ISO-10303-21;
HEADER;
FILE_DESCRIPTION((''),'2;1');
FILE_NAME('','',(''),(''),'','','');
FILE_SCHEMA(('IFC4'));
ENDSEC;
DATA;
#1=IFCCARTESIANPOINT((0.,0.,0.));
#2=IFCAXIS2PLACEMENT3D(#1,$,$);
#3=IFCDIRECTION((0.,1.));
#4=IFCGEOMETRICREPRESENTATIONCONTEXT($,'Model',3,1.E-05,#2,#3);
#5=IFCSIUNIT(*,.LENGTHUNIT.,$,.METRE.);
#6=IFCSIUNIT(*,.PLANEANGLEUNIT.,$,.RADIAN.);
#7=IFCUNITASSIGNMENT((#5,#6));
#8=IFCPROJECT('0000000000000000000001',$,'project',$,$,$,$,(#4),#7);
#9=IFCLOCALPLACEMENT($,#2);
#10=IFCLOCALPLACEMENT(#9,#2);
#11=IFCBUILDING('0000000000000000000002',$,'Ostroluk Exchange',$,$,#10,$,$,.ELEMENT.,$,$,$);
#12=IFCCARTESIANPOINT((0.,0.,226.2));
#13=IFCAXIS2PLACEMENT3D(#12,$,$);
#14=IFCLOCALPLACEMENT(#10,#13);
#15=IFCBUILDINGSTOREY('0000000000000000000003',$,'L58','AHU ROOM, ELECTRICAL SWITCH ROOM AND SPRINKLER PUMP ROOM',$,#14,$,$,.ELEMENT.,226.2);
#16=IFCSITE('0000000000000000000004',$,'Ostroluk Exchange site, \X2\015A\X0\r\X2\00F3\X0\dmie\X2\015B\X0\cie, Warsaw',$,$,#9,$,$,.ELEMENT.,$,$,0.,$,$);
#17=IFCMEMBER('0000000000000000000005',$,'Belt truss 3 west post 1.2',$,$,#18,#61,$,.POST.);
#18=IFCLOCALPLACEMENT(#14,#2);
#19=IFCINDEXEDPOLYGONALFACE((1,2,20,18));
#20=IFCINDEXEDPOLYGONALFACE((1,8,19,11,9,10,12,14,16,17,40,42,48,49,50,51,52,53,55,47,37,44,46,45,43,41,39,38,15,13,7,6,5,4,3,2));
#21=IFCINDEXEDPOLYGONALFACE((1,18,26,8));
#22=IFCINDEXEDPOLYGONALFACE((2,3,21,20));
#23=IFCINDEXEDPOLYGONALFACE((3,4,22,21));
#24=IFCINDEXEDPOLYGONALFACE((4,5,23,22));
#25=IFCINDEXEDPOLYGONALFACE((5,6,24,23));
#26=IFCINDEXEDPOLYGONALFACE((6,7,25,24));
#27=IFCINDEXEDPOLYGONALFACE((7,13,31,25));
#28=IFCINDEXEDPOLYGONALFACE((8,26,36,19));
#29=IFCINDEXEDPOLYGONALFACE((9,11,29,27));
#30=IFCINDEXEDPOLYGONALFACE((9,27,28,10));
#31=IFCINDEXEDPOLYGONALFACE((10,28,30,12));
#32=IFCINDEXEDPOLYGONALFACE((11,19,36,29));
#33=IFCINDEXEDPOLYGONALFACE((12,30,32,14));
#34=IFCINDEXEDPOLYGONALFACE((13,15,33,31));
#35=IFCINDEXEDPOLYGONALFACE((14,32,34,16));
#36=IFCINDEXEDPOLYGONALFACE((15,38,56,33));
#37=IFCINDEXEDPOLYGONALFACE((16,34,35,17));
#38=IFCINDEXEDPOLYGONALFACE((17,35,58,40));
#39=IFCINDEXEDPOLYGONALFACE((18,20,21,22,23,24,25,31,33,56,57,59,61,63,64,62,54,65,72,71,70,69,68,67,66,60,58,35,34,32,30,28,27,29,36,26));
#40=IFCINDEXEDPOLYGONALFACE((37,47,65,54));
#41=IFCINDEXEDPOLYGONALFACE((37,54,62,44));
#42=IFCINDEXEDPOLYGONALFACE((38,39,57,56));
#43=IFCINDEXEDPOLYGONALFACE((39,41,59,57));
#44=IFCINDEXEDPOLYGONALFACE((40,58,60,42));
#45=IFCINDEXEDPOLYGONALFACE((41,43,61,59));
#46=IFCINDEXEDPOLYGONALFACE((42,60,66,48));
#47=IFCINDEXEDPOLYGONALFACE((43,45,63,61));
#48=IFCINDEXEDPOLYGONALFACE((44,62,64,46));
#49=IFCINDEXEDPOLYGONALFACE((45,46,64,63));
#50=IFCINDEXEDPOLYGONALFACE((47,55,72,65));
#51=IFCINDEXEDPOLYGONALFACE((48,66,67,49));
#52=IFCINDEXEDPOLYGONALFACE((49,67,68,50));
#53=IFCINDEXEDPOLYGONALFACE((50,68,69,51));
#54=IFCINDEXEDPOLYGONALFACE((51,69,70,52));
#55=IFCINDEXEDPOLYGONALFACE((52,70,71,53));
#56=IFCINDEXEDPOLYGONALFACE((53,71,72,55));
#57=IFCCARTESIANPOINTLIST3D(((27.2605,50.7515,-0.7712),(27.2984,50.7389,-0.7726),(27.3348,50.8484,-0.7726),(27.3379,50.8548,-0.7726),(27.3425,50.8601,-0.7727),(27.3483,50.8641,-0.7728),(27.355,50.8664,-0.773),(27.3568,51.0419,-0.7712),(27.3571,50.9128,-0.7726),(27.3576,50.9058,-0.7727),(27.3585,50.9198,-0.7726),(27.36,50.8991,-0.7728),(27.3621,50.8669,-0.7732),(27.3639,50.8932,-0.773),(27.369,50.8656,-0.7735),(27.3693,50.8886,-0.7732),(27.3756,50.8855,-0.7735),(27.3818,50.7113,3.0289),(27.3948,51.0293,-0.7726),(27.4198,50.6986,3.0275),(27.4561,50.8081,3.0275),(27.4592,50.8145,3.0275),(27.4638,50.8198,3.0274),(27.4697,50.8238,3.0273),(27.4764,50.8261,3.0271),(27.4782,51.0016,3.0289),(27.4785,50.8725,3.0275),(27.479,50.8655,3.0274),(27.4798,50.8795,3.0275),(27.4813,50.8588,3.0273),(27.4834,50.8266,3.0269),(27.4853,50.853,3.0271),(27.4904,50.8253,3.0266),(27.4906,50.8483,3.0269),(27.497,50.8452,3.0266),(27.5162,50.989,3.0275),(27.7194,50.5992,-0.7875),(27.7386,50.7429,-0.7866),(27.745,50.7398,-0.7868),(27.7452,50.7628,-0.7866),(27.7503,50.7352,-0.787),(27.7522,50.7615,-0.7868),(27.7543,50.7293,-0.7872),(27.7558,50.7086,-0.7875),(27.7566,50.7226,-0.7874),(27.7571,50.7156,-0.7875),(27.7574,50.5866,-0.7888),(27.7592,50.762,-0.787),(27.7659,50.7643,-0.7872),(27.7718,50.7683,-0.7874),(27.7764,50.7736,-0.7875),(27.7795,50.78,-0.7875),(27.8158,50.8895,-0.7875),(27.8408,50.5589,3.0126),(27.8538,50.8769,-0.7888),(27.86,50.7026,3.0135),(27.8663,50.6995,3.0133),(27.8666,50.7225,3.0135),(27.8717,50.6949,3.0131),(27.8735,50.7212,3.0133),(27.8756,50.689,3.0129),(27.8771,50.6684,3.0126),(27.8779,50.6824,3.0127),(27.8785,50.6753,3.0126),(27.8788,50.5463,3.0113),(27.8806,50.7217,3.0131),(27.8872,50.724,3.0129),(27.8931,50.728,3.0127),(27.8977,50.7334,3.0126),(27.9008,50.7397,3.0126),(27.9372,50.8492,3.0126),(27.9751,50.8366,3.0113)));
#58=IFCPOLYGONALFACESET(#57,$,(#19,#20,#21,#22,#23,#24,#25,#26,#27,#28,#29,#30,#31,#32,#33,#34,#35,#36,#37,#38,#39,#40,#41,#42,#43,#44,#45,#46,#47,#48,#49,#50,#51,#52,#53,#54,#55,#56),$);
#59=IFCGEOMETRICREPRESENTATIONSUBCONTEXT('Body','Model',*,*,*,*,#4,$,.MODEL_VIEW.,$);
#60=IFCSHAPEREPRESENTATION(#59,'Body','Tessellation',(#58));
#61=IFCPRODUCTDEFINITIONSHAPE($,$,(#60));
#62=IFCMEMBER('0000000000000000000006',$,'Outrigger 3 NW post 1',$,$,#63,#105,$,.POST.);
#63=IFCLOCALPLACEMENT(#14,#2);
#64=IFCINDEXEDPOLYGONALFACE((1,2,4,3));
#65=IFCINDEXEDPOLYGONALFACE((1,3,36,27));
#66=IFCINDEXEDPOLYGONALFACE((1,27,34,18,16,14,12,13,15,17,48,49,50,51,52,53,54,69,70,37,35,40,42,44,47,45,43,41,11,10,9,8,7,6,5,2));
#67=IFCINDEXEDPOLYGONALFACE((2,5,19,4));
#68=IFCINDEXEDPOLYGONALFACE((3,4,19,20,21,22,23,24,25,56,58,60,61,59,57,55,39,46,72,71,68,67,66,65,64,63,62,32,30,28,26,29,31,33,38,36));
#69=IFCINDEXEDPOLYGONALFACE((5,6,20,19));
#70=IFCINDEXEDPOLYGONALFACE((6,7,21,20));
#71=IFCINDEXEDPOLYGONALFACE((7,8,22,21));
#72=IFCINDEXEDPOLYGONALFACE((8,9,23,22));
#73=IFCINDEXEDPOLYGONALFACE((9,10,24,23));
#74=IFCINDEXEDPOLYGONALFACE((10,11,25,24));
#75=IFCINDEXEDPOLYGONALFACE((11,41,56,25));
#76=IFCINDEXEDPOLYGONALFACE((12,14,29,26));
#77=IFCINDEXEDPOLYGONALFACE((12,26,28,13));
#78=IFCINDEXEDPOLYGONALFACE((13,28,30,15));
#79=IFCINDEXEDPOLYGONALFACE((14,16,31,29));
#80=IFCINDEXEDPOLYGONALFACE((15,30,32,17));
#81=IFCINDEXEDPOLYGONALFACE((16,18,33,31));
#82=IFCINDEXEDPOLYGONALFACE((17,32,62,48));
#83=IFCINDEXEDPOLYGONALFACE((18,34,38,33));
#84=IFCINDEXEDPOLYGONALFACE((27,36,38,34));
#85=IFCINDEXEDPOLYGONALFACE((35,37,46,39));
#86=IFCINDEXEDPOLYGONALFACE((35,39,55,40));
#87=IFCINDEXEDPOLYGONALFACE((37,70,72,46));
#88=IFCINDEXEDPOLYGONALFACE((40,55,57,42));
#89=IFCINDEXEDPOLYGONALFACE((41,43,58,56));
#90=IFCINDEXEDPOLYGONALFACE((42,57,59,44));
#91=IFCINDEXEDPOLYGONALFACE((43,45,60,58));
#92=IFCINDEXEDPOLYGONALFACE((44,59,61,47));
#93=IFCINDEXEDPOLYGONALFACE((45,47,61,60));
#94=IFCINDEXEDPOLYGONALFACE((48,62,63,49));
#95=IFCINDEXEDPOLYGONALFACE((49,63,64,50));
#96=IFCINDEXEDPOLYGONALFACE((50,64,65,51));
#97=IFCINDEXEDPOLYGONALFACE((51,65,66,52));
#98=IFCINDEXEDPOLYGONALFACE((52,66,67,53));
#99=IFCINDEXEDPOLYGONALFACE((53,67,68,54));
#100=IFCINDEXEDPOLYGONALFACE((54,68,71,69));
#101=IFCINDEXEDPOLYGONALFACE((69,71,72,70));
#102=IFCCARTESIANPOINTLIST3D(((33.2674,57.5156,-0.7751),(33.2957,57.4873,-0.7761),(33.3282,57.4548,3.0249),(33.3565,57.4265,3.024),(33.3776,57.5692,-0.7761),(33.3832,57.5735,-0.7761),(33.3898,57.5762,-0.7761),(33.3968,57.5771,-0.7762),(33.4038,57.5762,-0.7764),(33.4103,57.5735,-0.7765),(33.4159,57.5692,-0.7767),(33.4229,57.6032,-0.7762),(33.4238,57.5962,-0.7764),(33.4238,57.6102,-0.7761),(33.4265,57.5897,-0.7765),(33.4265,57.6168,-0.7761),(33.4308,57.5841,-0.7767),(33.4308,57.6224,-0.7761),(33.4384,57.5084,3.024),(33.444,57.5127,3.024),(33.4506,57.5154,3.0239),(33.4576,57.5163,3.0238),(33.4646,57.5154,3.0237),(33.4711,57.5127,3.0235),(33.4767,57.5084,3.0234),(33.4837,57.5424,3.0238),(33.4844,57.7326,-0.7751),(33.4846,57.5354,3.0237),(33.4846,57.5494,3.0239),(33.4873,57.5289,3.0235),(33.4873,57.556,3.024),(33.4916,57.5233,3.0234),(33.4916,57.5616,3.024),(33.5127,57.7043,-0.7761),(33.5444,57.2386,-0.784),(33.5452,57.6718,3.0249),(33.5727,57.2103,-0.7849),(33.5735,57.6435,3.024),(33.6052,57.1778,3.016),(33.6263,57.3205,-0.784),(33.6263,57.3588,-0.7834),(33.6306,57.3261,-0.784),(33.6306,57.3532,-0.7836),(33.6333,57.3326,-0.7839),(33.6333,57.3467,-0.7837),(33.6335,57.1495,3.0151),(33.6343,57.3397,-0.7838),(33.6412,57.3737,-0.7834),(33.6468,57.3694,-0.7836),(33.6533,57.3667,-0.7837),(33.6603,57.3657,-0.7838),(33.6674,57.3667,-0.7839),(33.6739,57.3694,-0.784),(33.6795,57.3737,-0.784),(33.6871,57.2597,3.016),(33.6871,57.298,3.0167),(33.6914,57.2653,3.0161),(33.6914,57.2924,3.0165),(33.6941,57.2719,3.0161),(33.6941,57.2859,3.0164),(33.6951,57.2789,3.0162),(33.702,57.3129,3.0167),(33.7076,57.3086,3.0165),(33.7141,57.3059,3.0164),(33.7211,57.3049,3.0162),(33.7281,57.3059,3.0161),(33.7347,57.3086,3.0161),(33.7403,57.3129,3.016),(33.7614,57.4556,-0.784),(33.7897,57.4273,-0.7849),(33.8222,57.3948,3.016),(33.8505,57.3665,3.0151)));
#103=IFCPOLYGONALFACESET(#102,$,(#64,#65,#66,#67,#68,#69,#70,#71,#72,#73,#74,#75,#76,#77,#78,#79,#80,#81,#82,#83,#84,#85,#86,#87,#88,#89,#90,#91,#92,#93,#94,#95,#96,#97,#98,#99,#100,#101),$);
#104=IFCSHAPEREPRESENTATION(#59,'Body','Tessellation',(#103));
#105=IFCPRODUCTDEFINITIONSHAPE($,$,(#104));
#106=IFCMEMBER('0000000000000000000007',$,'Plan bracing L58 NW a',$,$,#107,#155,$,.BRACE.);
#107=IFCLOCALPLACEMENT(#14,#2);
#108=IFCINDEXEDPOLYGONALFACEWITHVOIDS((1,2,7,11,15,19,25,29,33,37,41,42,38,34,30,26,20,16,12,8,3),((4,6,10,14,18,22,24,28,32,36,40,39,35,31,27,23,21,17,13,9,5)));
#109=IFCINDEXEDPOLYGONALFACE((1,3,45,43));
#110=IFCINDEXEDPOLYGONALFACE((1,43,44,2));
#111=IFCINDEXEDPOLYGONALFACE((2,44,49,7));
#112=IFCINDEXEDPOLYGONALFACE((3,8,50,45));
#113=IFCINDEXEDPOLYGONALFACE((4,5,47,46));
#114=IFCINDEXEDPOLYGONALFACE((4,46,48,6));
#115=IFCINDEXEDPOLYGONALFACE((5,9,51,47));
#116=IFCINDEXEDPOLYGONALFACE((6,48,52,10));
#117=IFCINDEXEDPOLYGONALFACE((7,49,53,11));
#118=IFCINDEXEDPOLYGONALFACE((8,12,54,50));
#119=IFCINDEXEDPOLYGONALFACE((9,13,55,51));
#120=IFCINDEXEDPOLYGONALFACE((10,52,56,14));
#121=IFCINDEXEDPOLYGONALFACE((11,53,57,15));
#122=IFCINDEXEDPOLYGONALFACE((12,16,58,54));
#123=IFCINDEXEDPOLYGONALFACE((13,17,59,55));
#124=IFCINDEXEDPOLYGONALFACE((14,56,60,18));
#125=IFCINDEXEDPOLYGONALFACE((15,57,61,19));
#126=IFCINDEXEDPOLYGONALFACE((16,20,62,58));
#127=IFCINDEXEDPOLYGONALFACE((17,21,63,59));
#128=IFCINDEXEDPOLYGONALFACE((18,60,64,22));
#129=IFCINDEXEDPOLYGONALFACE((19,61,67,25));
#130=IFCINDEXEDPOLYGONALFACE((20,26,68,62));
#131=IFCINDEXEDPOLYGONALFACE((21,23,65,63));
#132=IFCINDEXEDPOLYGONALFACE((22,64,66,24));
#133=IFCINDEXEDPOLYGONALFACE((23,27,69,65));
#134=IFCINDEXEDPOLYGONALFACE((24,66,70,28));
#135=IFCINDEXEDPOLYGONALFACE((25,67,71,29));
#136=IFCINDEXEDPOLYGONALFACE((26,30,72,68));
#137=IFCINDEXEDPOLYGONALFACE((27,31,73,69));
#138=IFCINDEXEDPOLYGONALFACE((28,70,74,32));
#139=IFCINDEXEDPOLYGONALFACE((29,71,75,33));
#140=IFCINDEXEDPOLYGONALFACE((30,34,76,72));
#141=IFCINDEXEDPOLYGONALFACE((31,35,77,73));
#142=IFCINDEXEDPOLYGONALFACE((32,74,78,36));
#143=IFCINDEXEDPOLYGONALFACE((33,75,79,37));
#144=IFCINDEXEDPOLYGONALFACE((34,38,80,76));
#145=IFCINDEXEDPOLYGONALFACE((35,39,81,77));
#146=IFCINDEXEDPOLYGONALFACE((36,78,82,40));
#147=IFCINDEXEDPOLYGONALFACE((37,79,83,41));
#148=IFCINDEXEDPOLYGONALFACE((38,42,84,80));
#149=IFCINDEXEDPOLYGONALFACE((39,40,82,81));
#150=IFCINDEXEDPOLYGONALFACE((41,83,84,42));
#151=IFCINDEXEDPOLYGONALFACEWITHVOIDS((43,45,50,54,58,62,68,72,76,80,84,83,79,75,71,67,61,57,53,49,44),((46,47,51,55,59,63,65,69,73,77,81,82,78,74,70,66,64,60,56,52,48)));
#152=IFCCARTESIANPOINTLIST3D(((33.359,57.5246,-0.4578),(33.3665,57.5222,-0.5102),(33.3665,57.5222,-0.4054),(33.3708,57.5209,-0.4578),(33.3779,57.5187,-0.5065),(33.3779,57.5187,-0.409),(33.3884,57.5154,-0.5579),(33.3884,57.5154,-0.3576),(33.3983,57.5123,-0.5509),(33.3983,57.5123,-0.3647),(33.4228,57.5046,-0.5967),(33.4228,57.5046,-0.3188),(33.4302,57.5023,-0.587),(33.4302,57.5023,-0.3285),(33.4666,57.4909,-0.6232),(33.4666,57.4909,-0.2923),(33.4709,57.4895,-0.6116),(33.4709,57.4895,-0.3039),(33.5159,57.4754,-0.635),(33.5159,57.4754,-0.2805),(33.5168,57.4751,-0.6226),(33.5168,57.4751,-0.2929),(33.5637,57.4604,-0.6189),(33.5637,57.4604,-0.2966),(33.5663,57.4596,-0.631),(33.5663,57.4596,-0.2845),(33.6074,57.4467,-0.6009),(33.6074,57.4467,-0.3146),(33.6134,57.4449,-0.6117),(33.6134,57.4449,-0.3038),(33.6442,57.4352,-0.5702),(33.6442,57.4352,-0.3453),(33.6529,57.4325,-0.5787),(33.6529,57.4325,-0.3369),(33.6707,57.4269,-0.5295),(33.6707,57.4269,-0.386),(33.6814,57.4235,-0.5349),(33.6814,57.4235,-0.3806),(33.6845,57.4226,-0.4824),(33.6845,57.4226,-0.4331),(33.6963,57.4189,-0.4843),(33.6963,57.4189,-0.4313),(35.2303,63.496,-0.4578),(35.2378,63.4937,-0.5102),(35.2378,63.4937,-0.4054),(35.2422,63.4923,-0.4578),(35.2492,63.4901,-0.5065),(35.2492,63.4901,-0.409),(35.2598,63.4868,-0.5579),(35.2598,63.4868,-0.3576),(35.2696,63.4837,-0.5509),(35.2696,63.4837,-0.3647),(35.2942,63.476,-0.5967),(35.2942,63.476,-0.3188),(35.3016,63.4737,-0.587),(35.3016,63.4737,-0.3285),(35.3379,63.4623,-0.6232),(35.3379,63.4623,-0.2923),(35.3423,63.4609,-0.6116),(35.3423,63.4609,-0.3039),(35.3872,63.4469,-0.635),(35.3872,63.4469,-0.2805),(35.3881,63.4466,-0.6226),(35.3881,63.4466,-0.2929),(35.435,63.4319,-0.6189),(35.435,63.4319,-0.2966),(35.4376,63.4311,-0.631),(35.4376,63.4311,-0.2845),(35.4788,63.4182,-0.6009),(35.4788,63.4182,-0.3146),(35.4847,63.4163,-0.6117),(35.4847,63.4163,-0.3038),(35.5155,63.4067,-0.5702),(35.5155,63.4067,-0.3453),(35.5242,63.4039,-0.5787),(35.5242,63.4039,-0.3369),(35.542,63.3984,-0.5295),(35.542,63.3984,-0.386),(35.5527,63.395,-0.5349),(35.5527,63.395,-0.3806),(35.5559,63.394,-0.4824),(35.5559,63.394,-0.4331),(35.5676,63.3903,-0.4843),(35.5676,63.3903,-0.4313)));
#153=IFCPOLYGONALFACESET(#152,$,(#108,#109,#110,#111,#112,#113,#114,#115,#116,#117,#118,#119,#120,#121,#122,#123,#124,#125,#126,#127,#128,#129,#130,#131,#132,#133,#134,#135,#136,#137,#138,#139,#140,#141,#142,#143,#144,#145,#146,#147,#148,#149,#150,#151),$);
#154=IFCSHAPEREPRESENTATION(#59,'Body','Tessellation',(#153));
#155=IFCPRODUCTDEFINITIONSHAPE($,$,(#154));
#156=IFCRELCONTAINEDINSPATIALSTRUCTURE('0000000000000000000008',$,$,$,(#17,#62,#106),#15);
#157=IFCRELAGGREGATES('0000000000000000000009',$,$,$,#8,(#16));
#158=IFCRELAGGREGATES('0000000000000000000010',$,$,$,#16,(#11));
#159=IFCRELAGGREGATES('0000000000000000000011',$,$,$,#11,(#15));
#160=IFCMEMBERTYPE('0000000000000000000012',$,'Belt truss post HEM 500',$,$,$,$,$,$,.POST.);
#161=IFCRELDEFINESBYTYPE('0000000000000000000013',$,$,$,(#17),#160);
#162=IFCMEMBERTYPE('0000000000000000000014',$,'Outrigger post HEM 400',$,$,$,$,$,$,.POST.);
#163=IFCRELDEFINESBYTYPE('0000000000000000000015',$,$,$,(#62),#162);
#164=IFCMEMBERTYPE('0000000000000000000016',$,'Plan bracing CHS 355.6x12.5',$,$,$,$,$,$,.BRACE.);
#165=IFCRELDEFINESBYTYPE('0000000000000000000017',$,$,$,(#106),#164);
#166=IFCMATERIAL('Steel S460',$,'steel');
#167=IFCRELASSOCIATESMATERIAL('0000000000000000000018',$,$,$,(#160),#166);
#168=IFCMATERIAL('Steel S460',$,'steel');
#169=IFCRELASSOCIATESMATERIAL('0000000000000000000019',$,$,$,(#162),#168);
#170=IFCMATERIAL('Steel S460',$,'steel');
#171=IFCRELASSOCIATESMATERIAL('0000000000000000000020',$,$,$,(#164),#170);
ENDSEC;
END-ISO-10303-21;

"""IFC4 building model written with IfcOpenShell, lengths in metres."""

from ifc_helpers import new_model, si_unit, direction, frame, origin, origin_2d, place, context, subcontext, project, spatial, hollow_circle, i_section, extrude, material, material_profile, profile_set, type_object, element, save


model = new_model("IFC4")

# Units and contexts
model_context = context("Model", 3, precision=1e-05, world=origin(), true_north=direction((0.0, 1.0)))
body_context = subcontext(model_context, "Body", "Model", "MODEL_VIEW")
ifc_project = project(units=[si_unit("LENGTHUNIT", "METRE"), si_unit("PLANEANGLEUNIT", "RADIAN")], contexts=[model_context])

# Site, building, storey
site_placement = place(None, origin())
site = spatial("IfcSite", under=ifc_project, at=site_placement, Name="Ostroluk Exchange site, Śródmieście, Warsaw", CompositionType="ELEMENT", RefElevation=0.0)
building_placement = place(site_placement, origin())
building = spatial("IfcBuilding", under=site, at=building_placement, Name="Ostroluk Exchange", CompositionType="ELEMENT")
storey_placement = place(building_placement, frame((0.0, 0.0, 226.2)))
storey = spatial("IfcBuildingStorey", under=building, at=storey_placement, Name="L58", Description="AHU ROOM, ELECTRICAL SWITCH ROOM AND SPRINKLER PUMP ROOM", CompositionType="ELEMENT", Elevation=226.2)

# Members
ifc_material_1 = material(Name="Steel S460", Category="steel")
ifc_material_profile_1 = material_profile(ifc_material_1, i_section(OverallWidth=0.3059, OverallDepth=0.5239, WebThickness=0.021, FlangeThickness=0.04, FilletRadius=0.0271, at=origin_2d()), Name="HEM 500")
ifc_profile_set_1 = profile_set([ifc_material_profile_1], Name="Steel S460")
member_type_1 = type_object("IfcMemberType", Name="Belt truss post HEM 500", PredefinedType="POST", material=ifc_profile_set_1)
member_1_placement = place(storey_placement, frame((27.5571, 50.8142, -0.78), z_axis=(0.031913, -0.010595, 0.999435), x_axis=(0.315082, 0.949065, 0.0)))
element("IfcMember", 1, at=member_1_placement, inside=storey, type_object=member_type_1, Name="Belt truss 3 west post 1.2", PredefinedType="POST", context=body_context, shape_type="SweptSolid", body=[
    extrude(i_section(OverallWidth=0.3059, OverallDepth=0.5239, WebThickness=0.021, FlangeThickness=0.04, FilletRadius=0.0271, at=origin_2d()), origin(), (0.0, 0.0, 1.0), 3.8022),
])
ifc_material_2 = material(Name="Steel S460", Category="steel")
ifc_material_profile_2 = material_profile(ifc_material_2, i_section(OverallWidth=0.3069, OverallDepth=0.4319, WebThickness=0.021, FlangeThickness=0.04, FilletRadius=0.0271, at=origin_2d()), Name="HEM 400")
ifc_profile_set_2 = profile_set([ifc_material_profile_2], Name="Steel S460")
member_type_2 = type_object("IfcMemberType", Name="Outrigger post HEM 400", PredefinedType="POST", material=ifc_profile_set_2)
member_2_placement = place(storey_placement, frame((33.5286, 57.4714, -0.78), z_axis=(0.015993, -0.015993, 0.999744), x_axis=(0.707107, 0.707107, 0.0)))
element("IfcMember", 2, at=member_2_placement, inside=storey, type_object=member_type_2, Name="Outrigger 3 NW post 1", PredefinedType="POST", context=body_context, shape_type="SweptSolid", body=[
    extrude(i_section(OverallWidth=0.3069, OverallDepth=0.4319, WebThickness=0.021, FlangeThickness=0.04, FilletRadius=0.0271, at=origin_2d()), origin(), (0.0, 0.0, 1.0), 3.801),
])
ifc_material_3 = material(Name="Steel S460", Category="steel")
ifc_material_profile_3 = material_profile(ifc_material_3, hollow_circle(Radius=0.1777, WallThickness=0.0125, at=origin_2d()), Name="CHS 355.6x12.5")
ifc_profile_set_3 = profile_set([ifc_material_profile_3], Name="Steel S460")
member_type_3 = type_object("IfcMemberType", Name="Plan bracing CHS 355.6x12.5", PredefinedType="BRACE", material=ifc_profile_set_3)
for number, where, z_axis, x_axis, name in (
    (3, (33.5286, 57.4714, -0.4578), (0.299041, 0.95424, 0.0), (-0.95424, 0.299041, 0.0), "Plan bracing L58 NW a"),
):
    element("IfcMember", number, at=place(storey_placement, frame(where, z_axis=z_axis, x_axis=x_axis)), inside=storey, type_object=member_type_3, Name=name, PredefinedType="BRACE", context=body_context, shape_type="SweptSolid", body=[
        extrude(hollow_circle(Radius=0.1777, WallThickness=0.0125, at=origin_2d()), origin(), (0.0, 0.0, 1.0), 6.2578),
    ])

save(model, "model.ifc")
